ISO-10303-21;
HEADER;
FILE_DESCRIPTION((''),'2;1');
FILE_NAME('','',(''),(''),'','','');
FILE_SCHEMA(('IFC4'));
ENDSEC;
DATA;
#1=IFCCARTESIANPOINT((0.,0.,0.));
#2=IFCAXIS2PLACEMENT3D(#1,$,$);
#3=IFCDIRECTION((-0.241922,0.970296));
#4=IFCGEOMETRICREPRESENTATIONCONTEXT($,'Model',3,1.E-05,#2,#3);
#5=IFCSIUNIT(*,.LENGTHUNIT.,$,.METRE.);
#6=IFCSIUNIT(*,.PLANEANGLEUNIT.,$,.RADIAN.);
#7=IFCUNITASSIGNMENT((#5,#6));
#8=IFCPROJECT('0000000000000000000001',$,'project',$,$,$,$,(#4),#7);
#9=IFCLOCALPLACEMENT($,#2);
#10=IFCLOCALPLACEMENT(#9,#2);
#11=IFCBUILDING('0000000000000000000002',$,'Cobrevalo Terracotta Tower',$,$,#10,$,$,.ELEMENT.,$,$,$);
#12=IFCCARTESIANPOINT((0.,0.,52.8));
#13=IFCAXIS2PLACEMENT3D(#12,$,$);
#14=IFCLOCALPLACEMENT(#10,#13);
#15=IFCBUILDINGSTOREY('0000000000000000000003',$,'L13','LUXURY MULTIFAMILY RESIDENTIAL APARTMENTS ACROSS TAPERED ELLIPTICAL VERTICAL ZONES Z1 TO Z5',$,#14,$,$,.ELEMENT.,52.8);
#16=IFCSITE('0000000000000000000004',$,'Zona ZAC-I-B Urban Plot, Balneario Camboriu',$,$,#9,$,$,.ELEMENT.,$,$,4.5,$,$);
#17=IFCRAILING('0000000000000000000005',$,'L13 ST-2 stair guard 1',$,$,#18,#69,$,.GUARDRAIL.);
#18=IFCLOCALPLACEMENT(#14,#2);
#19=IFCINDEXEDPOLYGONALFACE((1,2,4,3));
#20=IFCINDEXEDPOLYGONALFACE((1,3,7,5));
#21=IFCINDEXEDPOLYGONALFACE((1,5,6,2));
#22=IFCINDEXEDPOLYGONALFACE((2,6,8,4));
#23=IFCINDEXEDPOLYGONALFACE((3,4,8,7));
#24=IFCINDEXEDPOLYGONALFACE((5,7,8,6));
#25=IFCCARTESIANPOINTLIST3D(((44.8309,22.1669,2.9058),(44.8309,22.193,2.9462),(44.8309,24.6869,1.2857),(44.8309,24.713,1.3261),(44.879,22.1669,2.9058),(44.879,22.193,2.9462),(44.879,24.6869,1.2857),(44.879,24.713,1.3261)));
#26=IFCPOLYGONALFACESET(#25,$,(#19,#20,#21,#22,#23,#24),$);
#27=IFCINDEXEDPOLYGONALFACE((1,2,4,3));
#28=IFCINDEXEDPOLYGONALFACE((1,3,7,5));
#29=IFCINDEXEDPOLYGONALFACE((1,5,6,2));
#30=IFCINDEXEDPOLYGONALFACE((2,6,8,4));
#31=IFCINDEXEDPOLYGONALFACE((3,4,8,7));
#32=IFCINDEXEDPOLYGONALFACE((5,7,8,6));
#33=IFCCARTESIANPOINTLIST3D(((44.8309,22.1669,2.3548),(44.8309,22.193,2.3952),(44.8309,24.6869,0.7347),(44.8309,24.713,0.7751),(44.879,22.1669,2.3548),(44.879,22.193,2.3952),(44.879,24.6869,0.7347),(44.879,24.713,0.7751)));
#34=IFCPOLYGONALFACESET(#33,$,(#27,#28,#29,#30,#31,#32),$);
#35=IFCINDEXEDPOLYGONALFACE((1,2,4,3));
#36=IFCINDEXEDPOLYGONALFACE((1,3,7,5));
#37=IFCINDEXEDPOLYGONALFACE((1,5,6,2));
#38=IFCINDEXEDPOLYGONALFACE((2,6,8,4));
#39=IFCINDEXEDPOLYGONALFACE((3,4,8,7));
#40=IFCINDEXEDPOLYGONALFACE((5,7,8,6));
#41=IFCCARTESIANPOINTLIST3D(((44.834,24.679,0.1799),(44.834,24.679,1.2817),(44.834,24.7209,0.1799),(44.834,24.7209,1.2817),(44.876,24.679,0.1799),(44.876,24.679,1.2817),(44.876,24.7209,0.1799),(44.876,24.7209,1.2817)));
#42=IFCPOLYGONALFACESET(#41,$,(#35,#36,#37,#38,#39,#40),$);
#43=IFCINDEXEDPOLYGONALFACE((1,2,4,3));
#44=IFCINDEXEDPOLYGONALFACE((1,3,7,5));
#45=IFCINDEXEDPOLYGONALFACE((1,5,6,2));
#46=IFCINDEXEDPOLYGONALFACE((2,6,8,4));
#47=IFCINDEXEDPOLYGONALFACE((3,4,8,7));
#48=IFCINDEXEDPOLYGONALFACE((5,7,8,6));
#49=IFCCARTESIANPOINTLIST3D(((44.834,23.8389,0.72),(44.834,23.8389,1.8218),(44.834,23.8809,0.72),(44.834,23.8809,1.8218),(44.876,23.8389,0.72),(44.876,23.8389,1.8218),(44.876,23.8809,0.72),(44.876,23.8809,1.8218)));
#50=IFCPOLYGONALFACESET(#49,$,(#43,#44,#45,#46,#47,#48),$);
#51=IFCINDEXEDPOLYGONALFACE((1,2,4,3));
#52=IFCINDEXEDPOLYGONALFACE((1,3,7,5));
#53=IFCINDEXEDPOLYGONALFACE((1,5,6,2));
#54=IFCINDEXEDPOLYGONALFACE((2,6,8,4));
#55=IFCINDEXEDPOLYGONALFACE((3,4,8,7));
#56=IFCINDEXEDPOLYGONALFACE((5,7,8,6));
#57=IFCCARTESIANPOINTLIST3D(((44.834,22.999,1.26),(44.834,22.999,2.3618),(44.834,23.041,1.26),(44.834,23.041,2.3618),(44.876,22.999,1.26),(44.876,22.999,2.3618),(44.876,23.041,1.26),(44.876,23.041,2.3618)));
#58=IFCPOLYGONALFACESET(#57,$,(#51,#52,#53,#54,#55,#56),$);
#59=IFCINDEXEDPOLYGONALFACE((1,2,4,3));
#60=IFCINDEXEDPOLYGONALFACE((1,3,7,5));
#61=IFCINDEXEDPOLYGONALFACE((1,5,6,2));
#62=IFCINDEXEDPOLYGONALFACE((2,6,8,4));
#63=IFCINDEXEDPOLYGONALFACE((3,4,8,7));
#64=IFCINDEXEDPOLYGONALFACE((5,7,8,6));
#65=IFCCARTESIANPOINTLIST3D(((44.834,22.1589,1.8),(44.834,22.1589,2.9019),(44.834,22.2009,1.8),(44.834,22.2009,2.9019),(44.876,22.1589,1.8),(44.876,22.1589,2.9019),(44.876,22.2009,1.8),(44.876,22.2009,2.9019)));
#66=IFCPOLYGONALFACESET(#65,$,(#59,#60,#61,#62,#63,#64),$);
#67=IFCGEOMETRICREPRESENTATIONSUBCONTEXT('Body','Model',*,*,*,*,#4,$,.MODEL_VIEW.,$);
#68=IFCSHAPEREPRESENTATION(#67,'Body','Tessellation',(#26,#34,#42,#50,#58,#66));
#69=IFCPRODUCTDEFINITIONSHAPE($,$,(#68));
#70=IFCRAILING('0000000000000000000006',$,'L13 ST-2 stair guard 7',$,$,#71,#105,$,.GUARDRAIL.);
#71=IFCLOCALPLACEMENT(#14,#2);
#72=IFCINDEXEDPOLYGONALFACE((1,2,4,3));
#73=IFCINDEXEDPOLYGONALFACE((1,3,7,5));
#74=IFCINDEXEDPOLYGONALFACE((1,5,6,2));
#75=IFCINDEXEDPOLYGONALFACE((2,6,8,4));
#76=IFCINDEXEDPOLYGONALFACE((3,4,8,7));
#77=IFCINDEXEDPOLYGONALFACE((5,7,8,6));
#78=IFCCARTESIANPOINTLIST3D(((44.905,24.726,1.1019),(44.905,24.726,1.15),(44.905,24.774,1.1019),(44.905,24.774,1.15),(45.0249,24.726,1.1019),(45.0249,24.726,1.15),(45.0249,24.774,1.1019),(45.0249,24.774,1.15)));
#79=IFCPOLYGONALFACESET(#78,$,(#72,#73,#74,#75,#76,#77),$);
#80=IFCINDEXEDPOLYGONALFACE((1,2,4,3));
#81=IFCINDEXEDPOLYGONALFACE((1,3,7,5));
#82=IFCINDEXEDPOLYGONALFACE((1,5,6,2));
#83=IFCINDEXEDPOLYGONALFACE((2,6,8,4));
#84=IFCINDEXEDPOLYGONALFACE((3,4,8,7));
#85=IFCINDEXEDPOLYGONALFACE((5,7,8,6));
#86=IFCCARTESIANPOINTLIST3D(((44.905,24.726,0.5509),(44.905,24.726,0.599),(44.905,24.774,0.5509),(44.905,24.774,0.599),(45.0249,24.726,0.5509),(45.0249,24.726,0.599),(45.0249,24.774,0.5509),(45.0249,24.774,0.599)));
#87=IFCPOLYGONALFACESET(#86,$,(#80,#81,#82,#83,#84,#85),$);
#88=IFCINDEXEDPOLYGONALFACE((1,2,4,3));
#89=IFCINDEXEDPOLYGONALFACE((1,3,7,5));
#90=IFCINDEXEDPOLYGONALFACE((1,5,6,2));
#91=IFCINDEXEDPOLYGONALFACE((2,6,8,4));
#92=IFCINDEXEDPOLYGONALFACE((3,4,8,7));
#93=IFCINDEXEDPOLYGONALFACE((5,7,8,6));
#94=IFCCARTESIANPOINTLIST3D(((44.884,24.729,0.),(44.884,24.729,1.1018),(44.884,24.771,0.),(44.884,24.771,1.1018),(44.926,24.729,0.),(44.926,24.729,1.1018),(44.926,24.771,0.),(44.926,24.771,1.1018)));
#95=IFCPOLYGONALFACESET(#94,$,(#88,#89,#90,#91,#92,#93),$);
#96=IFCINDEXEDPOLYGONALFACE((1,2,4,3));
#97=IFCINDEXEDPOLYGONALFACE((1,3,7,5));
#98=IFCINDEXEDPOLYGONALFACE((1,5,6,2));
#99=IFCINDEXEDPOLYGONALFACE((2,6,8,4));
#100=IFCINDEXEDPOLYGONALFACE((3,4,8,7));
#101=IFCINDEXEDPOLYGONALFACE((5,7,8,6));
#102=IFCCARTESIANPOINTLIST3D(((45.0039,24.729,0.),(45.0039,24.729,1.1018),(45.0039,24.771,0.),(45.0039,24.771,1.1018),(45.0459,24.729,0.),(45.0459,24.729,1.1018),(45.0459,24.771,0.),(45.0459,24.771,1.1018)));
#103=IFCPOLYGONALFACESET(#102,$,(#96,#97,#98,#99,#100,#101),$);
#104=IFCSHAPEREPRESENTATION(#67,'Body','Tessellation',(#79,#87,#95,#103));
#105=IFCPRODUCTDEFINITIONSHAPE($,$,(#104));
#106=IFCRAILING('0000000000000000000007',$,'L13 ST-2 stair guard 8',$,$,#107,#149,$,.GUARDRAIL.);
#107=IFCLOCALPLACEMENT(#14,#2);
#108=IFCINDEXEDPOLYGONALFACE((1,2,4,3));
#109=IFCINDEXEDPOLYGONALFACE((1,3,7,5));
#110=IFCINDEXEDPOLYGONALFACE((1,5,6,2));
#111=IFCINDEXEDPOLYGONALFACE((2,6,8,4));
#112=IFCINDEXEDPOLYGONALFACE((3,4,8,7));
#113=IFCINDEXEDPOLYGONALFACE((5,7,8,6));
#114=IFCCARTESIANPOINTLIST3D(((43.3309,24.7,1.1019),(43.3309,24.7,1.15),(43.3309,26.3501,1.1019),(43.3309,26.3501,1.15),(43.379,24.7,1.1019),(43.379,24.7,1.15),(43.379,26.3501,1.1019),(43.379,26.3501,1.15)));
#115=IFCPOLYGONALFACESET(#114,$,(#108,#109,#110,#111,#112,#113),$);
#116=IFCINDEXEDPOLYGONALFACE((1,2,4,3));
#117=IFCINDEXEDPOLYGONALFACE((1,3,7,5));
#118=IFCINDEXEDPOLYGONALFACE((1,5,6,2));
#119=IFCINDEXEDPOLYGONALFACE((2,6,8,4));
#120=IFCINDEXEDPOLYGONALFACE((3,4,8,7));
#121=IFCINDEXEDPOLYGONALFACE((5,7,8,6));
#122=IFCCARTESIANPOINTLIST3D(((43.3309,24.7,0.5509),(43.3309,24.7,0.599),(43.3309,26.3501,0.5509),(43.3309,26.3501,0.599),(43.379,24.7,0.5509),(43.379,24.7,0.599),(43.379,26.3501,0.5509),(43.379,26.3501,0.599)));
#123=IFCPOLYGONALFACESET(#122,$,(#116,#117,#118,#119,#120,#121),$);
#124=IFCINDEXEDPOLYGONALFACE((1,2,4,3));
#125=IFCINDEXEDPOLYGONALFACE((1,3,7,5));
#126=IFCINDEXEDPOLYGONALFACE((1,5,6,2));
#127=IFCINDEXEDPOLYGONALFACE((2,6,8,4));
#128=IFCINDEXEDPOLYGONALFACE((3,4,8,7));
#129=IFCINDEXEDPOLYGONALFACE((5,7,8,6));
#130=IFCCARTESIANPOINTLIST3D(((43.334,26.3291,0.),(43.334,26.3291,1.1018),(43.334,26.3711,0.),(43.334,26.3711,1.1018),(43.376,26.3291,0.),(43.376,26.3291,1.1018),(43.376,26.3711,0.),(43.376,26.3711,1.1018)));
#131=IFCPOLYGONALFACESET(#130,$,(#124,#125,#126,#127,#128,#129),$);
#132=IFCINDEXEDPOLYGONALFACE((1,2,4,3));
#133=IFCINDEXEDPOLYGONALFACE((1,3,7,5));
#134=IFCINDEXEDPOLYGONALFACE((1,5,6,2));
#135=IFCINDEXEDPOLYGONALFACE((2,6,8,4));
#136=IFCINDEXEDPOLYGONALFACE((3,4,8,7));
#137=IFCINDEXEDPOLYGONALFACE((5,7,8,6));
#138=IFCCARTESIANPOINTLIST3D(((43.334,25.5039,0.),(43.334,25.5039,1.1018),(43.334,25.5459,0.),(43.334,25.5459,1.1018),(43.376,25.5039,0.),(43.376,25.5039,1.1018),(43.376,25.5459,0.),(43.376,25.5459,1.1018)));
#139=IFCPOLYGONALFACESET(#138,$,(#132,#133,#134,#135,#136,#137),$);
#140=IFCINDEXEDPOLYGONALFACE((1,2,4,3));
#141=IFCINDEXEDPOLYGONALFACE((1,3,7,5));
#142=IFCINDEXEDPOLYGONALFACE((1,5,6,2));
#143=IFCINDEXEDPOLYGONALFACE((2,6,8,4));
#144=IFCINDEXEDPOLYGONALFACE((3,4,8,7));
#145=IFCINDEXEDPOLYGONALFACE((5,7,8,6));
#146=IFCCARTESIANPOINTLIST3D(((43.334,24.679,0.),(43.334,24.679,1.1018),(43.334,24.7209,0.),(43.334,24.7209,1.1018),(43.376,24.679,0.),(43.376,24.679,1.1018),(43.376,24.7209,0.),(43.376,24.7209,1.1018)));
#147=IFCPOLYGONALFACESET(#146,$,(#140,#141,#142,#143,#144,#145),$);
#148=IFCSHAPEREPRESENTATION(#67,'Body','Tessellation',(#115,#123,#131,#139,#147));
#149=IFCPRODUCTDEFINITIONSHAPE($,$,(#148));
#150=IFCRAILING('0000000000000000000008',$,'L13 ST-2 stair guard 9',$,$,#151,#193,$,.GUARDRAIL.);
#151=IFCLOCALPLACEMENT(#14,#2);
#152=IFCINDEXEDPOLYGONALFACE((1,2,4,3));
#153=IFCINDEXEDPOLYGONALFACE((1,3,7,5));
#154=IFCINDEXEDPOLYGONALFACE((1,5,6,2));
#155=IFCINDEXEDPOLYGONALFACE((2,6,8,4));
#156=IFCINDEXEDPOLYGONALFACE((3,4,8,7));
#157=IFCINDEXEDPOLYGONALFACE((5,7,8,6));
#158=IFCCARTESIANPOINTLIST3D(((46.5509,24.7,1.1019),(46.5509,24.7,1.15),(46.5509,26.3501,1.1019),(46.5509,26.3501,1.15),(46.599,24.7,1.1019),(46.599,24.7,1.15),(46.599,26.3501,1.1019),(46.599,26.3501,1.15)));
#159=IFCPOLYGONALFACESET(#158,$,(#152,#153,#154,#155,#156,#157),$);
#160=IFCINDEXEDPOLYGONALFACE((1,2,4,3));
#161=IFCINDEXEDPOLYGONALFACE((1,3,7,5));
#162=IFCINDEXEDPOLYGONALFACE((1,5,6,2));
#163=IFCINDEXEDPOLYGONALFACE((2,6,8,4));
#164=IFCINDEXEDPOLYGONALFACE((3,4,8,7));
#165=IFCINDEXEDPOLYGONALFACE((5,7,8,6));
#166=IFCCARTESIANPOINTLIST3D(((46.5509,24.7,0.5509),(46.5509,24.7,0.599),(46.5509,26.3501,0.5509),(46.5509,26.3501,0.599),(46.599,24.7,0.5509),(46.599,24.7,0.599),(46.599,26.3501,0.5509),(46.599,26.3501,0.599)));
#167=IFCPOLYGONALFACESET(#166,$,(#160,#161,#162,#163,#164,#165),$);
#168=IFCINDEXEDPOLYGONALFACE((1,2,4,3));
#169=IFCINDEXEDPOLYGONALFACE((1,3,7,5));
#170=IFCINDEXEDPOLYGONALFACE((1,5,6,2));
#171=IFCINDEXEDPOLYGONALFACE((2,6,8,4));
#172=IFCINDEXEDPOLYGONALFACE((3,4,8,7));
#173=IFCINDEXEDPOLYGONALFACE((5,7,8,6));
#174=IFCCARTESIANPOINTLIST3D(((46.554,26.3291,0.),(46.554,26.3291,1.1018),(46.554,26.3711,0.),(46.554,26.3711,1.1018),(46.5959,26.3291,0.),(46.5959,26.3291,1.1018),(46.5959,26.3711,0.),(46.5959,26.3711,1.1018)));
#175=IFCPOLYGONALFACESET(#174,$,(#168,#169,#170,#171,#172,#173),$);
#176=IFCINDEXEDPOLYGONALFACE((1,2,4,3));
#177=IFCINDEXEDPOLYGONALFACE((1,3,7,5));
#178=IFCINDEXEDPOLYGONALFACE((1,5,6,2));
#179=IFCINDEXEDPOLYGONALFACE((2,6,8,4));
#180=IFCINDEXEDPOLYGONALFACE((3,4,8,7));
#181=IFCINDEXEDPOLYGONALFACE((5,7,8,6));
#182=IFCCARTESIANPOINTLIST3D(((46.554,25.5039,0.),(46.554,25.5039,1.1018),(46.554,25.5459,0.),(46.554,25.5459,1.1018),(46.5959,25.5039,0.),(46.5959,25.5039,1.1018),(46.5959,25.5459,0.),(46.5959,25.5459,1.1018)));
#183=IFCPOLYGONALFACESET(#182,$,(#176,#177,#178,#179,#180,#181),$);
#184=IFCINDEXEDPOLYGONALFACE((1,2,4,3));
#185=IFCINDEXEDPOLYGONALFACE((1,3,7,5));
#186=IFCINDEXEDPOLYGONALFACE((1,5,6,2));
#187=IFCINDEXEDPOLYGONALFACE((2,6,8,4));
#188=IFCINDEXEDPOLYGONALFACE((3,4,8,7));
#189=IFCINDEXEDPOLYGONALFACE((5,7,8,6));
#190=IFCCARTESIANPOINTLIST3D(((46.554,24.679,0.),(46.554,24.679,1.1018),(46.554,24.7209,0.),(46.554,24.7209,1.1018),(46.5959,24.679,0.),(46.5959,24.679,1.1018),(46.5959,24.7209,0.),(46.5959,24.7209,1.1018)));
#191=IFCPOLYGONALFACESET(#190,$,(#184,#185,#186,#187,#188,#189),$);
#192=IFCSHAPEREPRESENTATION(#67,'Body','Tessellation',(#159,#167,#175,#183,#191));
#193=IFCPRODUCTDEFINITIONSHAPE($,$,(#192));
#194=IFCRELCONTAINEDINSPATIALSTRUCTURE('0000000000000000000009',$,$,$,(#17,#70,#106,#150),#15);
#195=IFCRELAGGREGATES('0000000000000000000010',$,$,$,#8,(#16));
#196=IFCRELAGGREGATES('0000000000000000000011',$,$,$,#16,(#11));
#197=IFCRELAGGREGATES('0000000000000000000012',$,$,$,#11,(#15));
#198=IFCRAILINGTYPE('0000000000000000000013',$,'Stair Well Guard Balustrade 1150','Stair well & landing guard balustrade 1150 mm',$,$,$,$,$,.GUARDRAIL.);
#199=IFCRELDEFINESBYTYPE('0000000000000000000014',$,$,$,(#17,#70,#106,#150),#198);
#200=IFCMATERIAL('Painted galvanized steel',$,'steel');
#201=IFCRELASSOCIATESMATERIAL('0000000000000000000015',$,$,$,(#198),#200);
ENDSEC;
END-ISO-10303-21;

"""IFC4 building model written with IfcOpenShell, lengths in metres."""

from ifc_helpers import new_model, si_unit, direction, frame, origin, origin_2d, place, context, subcontext, project, spatial, rectangle, extrude, material, type_object, element, save


model = new_model("IFC4")

# Units and contexts
model_context = context("Model", 3, precision=1e-05, world=origin(), true_north=direction((-0.241922, 0.970296)))
body_context = subcontext(model_context, "Body", "Model", "MODEL_VIEW")
ifc_project = project(units=[si_unit("LENGTHUNIT", "METRE"), si_unit("PLANEANGLEUNIT", "RADIAN")], contexts=[model_context])

# Site, building, storey
site_placement = place(None, origin())
site = spatial("IfcSite", under=ifc_project, at=site_placement, Name="Zona ZAC-I-B Urban Plot, Balneario Camboriu", CompositionType="ELEMENT", RefElevation=4.5)
building_placement = place(site_placement, origin())
building = spatial("IfcBuilding", under=site, at=building_placement, Name="Cobrevalo Terracotta Tower", CompositionType="ELEMENT")
storey_placement = place(building_placement, frame((0.0, 0.0, 52.8)))
storey = spatial("IfcBuildingStorey", under=building, at=storey_placement, Name="L13", Description="LUXURY MULTIFAMILY RESIDENTIAL APARTMENTS ACROSS TAPERED ELLIPTICAL VERTICAL ZONES Z1 TO Z5", CompositionType="ELEMENT", Elevation=52.8)

# Railings
ifc_material_1 = material(Name="Painted galvanized steel", Category="steel")
railing_type_1 = type_object("IfcRailingType", Name="Stair Well Guard Balustrade 1150", Description="Stair well & landing guard balustrade 1150 mm", PredefinedType="GUARDRAIL", material=ifc_material_1)
railing_1_placement = place(storey_placement, frame((44.855, 24.7, 0.1799)))
element("IfcRailing", 1, at=railing_1_placement, inside=storey, type_object=railing_type_1, Name="L13 ST-2 stair guard 1", PredefinedType="GUARDRAIL", context=body_context, shape_type="SweptSolid", body=[
    extrude(rectangle(XDim=0.0481, YDim=0.0481, at=origin_2d()), frame((0.0, 0.0, 1.126), z_axis=(0.0, -0.841163, 0.540782), x_axis=(1.0, 0.0, 0.0)), (0.0, 0.0, 1.0), 2.9958),
    extrude(rectangle(XDim=0.0481, YDim=0.0481, at=origin_2d()), frame((0.0, 0.0, 0.575), z_axis=(0.0, -0.841163, 0.540782), x_axis=(1.0, 0.0, 0.0)), (0.0, 0.0, 1.0), 2.9958),
    extrude(rectangle(XDim=0.042, YDim=0.042, at=origin_2d()), origin(), (0.0, 0.0, 1.0), 1.1018),
    extrude(rectangle(XDim=0.042, YDim=0.042, at=origin_2d()), frame((0.0, -0.8401, 0.54)), (0.0, 0.0, 1.0), 1.1018),
    extrude(rectangle(XDim=0.042, YDim=0.042, at=origin_2d()), frame((0.0, -1.6799, 1.0801)), (0.0, 0.0, 1.0), 1.1018),
    extrude(rectangle(XDim=0.042, YDim=0.042, at=origin_2d()), frame((0.0, -2.52, 1.6201)), (0.0, 0.0, 1.0), 1.1018),
])
railing_2_placement = place(storey_placement, frame((44.905, 24.75, 0.0)))
element("IfcRailing", 2, at=railing_2_placement, inside=storey, type_object=railing_type_1, Name="L13 ST-2 stair guard 7", PredefinedType="GUARDRAIL", context=body_context, shape_type="SweptSolid", body=[
    extrude(rectangle(XDim=0.0481, YDim=0.0481, at=origin_2d()), frame((0.0, 0.0, 1.126), z_axis=(1.0, 0.0, 0.0), x_axis=(0.0, 1.0, 0.0)), (0.0, 0.0, 1.0), 0.1199),
    extrude(rectangle(XDim=0.0481, YDim=0.0481, at=origin_2d()), frame((0.0, 0.0, 0.575), z_axis=(1.0, 0.0, 0.0), x_axis=(0.0, 1.0, 0.0)), (0.0, 0.0, 1.0), 0.1199),
    extrude(rectangle(XDim=0.042, YDim=0.042, at=origin_2d()), origin(), (0.0, 0.0, 1.0), 1.1018),
    extrude(rectangle(XDim=0.042, YDim=0.042, at=origin_2d()), frame((0.1199, 0.0, 0.0)), (0.0, 0.0, 1.0), 1.1018),
])
for number, where, name in (
    (3, (43.355, 26.3501, 0.0), "L13 ST-2 stair guard 8"),
    (4, (46.575, 26.3501, 0.0), "L13 ST-2 stair guard 9"),
):
    element("IfcRailing", number, at=place(storey_placement, frame(where)), inside=storey, type_object=railing_type_1, Name=name, PredefinedType="GUARDRAIL", context=body_context, shape_type="SweptSolid", body=[
        extrude(rectangle(XDim=0.0481, YDim=0.0481, at=origin_2d()), frame((0.0, 0.0, 1.126), z_axis=(0.0, -1.0, 0.0), x_axis=(1.0, 0.0, 0.0)), (0.0, 0.0, 1.0), 1.6501),
        extrude(rectangle(XDim=0.0481, YDim=0.0481, at=origin_2d()), frame((0.0, 0.0, 0.575), z_axis=(0.0, -1.0, 0.0), x_axis=(1.0, 0.0, 0.0)), (0.0, 0.0, 1.0), 1.6501),
        extrude(rectangle(XDim=0.042, YDim=0.042, at=origin_2d()), origin(), (0.0, 0.0, 1.0), 1.1018),
        extrude(rectangle(XDim=0.042, YDim=0.042, at=origin_2d()), frame((0.0, -0.8252, 0.0)), (0.0, 0.0, 1.0), 1.1018),
        extrude(rectangle(XDim=0.042, YDim=0.042, at=origin_2d()), frame((0.0, -1.6501, 0.0)), (0.0, 0.0, 1.0), 1.1018),
    ])

save(model, "model.ifc")
